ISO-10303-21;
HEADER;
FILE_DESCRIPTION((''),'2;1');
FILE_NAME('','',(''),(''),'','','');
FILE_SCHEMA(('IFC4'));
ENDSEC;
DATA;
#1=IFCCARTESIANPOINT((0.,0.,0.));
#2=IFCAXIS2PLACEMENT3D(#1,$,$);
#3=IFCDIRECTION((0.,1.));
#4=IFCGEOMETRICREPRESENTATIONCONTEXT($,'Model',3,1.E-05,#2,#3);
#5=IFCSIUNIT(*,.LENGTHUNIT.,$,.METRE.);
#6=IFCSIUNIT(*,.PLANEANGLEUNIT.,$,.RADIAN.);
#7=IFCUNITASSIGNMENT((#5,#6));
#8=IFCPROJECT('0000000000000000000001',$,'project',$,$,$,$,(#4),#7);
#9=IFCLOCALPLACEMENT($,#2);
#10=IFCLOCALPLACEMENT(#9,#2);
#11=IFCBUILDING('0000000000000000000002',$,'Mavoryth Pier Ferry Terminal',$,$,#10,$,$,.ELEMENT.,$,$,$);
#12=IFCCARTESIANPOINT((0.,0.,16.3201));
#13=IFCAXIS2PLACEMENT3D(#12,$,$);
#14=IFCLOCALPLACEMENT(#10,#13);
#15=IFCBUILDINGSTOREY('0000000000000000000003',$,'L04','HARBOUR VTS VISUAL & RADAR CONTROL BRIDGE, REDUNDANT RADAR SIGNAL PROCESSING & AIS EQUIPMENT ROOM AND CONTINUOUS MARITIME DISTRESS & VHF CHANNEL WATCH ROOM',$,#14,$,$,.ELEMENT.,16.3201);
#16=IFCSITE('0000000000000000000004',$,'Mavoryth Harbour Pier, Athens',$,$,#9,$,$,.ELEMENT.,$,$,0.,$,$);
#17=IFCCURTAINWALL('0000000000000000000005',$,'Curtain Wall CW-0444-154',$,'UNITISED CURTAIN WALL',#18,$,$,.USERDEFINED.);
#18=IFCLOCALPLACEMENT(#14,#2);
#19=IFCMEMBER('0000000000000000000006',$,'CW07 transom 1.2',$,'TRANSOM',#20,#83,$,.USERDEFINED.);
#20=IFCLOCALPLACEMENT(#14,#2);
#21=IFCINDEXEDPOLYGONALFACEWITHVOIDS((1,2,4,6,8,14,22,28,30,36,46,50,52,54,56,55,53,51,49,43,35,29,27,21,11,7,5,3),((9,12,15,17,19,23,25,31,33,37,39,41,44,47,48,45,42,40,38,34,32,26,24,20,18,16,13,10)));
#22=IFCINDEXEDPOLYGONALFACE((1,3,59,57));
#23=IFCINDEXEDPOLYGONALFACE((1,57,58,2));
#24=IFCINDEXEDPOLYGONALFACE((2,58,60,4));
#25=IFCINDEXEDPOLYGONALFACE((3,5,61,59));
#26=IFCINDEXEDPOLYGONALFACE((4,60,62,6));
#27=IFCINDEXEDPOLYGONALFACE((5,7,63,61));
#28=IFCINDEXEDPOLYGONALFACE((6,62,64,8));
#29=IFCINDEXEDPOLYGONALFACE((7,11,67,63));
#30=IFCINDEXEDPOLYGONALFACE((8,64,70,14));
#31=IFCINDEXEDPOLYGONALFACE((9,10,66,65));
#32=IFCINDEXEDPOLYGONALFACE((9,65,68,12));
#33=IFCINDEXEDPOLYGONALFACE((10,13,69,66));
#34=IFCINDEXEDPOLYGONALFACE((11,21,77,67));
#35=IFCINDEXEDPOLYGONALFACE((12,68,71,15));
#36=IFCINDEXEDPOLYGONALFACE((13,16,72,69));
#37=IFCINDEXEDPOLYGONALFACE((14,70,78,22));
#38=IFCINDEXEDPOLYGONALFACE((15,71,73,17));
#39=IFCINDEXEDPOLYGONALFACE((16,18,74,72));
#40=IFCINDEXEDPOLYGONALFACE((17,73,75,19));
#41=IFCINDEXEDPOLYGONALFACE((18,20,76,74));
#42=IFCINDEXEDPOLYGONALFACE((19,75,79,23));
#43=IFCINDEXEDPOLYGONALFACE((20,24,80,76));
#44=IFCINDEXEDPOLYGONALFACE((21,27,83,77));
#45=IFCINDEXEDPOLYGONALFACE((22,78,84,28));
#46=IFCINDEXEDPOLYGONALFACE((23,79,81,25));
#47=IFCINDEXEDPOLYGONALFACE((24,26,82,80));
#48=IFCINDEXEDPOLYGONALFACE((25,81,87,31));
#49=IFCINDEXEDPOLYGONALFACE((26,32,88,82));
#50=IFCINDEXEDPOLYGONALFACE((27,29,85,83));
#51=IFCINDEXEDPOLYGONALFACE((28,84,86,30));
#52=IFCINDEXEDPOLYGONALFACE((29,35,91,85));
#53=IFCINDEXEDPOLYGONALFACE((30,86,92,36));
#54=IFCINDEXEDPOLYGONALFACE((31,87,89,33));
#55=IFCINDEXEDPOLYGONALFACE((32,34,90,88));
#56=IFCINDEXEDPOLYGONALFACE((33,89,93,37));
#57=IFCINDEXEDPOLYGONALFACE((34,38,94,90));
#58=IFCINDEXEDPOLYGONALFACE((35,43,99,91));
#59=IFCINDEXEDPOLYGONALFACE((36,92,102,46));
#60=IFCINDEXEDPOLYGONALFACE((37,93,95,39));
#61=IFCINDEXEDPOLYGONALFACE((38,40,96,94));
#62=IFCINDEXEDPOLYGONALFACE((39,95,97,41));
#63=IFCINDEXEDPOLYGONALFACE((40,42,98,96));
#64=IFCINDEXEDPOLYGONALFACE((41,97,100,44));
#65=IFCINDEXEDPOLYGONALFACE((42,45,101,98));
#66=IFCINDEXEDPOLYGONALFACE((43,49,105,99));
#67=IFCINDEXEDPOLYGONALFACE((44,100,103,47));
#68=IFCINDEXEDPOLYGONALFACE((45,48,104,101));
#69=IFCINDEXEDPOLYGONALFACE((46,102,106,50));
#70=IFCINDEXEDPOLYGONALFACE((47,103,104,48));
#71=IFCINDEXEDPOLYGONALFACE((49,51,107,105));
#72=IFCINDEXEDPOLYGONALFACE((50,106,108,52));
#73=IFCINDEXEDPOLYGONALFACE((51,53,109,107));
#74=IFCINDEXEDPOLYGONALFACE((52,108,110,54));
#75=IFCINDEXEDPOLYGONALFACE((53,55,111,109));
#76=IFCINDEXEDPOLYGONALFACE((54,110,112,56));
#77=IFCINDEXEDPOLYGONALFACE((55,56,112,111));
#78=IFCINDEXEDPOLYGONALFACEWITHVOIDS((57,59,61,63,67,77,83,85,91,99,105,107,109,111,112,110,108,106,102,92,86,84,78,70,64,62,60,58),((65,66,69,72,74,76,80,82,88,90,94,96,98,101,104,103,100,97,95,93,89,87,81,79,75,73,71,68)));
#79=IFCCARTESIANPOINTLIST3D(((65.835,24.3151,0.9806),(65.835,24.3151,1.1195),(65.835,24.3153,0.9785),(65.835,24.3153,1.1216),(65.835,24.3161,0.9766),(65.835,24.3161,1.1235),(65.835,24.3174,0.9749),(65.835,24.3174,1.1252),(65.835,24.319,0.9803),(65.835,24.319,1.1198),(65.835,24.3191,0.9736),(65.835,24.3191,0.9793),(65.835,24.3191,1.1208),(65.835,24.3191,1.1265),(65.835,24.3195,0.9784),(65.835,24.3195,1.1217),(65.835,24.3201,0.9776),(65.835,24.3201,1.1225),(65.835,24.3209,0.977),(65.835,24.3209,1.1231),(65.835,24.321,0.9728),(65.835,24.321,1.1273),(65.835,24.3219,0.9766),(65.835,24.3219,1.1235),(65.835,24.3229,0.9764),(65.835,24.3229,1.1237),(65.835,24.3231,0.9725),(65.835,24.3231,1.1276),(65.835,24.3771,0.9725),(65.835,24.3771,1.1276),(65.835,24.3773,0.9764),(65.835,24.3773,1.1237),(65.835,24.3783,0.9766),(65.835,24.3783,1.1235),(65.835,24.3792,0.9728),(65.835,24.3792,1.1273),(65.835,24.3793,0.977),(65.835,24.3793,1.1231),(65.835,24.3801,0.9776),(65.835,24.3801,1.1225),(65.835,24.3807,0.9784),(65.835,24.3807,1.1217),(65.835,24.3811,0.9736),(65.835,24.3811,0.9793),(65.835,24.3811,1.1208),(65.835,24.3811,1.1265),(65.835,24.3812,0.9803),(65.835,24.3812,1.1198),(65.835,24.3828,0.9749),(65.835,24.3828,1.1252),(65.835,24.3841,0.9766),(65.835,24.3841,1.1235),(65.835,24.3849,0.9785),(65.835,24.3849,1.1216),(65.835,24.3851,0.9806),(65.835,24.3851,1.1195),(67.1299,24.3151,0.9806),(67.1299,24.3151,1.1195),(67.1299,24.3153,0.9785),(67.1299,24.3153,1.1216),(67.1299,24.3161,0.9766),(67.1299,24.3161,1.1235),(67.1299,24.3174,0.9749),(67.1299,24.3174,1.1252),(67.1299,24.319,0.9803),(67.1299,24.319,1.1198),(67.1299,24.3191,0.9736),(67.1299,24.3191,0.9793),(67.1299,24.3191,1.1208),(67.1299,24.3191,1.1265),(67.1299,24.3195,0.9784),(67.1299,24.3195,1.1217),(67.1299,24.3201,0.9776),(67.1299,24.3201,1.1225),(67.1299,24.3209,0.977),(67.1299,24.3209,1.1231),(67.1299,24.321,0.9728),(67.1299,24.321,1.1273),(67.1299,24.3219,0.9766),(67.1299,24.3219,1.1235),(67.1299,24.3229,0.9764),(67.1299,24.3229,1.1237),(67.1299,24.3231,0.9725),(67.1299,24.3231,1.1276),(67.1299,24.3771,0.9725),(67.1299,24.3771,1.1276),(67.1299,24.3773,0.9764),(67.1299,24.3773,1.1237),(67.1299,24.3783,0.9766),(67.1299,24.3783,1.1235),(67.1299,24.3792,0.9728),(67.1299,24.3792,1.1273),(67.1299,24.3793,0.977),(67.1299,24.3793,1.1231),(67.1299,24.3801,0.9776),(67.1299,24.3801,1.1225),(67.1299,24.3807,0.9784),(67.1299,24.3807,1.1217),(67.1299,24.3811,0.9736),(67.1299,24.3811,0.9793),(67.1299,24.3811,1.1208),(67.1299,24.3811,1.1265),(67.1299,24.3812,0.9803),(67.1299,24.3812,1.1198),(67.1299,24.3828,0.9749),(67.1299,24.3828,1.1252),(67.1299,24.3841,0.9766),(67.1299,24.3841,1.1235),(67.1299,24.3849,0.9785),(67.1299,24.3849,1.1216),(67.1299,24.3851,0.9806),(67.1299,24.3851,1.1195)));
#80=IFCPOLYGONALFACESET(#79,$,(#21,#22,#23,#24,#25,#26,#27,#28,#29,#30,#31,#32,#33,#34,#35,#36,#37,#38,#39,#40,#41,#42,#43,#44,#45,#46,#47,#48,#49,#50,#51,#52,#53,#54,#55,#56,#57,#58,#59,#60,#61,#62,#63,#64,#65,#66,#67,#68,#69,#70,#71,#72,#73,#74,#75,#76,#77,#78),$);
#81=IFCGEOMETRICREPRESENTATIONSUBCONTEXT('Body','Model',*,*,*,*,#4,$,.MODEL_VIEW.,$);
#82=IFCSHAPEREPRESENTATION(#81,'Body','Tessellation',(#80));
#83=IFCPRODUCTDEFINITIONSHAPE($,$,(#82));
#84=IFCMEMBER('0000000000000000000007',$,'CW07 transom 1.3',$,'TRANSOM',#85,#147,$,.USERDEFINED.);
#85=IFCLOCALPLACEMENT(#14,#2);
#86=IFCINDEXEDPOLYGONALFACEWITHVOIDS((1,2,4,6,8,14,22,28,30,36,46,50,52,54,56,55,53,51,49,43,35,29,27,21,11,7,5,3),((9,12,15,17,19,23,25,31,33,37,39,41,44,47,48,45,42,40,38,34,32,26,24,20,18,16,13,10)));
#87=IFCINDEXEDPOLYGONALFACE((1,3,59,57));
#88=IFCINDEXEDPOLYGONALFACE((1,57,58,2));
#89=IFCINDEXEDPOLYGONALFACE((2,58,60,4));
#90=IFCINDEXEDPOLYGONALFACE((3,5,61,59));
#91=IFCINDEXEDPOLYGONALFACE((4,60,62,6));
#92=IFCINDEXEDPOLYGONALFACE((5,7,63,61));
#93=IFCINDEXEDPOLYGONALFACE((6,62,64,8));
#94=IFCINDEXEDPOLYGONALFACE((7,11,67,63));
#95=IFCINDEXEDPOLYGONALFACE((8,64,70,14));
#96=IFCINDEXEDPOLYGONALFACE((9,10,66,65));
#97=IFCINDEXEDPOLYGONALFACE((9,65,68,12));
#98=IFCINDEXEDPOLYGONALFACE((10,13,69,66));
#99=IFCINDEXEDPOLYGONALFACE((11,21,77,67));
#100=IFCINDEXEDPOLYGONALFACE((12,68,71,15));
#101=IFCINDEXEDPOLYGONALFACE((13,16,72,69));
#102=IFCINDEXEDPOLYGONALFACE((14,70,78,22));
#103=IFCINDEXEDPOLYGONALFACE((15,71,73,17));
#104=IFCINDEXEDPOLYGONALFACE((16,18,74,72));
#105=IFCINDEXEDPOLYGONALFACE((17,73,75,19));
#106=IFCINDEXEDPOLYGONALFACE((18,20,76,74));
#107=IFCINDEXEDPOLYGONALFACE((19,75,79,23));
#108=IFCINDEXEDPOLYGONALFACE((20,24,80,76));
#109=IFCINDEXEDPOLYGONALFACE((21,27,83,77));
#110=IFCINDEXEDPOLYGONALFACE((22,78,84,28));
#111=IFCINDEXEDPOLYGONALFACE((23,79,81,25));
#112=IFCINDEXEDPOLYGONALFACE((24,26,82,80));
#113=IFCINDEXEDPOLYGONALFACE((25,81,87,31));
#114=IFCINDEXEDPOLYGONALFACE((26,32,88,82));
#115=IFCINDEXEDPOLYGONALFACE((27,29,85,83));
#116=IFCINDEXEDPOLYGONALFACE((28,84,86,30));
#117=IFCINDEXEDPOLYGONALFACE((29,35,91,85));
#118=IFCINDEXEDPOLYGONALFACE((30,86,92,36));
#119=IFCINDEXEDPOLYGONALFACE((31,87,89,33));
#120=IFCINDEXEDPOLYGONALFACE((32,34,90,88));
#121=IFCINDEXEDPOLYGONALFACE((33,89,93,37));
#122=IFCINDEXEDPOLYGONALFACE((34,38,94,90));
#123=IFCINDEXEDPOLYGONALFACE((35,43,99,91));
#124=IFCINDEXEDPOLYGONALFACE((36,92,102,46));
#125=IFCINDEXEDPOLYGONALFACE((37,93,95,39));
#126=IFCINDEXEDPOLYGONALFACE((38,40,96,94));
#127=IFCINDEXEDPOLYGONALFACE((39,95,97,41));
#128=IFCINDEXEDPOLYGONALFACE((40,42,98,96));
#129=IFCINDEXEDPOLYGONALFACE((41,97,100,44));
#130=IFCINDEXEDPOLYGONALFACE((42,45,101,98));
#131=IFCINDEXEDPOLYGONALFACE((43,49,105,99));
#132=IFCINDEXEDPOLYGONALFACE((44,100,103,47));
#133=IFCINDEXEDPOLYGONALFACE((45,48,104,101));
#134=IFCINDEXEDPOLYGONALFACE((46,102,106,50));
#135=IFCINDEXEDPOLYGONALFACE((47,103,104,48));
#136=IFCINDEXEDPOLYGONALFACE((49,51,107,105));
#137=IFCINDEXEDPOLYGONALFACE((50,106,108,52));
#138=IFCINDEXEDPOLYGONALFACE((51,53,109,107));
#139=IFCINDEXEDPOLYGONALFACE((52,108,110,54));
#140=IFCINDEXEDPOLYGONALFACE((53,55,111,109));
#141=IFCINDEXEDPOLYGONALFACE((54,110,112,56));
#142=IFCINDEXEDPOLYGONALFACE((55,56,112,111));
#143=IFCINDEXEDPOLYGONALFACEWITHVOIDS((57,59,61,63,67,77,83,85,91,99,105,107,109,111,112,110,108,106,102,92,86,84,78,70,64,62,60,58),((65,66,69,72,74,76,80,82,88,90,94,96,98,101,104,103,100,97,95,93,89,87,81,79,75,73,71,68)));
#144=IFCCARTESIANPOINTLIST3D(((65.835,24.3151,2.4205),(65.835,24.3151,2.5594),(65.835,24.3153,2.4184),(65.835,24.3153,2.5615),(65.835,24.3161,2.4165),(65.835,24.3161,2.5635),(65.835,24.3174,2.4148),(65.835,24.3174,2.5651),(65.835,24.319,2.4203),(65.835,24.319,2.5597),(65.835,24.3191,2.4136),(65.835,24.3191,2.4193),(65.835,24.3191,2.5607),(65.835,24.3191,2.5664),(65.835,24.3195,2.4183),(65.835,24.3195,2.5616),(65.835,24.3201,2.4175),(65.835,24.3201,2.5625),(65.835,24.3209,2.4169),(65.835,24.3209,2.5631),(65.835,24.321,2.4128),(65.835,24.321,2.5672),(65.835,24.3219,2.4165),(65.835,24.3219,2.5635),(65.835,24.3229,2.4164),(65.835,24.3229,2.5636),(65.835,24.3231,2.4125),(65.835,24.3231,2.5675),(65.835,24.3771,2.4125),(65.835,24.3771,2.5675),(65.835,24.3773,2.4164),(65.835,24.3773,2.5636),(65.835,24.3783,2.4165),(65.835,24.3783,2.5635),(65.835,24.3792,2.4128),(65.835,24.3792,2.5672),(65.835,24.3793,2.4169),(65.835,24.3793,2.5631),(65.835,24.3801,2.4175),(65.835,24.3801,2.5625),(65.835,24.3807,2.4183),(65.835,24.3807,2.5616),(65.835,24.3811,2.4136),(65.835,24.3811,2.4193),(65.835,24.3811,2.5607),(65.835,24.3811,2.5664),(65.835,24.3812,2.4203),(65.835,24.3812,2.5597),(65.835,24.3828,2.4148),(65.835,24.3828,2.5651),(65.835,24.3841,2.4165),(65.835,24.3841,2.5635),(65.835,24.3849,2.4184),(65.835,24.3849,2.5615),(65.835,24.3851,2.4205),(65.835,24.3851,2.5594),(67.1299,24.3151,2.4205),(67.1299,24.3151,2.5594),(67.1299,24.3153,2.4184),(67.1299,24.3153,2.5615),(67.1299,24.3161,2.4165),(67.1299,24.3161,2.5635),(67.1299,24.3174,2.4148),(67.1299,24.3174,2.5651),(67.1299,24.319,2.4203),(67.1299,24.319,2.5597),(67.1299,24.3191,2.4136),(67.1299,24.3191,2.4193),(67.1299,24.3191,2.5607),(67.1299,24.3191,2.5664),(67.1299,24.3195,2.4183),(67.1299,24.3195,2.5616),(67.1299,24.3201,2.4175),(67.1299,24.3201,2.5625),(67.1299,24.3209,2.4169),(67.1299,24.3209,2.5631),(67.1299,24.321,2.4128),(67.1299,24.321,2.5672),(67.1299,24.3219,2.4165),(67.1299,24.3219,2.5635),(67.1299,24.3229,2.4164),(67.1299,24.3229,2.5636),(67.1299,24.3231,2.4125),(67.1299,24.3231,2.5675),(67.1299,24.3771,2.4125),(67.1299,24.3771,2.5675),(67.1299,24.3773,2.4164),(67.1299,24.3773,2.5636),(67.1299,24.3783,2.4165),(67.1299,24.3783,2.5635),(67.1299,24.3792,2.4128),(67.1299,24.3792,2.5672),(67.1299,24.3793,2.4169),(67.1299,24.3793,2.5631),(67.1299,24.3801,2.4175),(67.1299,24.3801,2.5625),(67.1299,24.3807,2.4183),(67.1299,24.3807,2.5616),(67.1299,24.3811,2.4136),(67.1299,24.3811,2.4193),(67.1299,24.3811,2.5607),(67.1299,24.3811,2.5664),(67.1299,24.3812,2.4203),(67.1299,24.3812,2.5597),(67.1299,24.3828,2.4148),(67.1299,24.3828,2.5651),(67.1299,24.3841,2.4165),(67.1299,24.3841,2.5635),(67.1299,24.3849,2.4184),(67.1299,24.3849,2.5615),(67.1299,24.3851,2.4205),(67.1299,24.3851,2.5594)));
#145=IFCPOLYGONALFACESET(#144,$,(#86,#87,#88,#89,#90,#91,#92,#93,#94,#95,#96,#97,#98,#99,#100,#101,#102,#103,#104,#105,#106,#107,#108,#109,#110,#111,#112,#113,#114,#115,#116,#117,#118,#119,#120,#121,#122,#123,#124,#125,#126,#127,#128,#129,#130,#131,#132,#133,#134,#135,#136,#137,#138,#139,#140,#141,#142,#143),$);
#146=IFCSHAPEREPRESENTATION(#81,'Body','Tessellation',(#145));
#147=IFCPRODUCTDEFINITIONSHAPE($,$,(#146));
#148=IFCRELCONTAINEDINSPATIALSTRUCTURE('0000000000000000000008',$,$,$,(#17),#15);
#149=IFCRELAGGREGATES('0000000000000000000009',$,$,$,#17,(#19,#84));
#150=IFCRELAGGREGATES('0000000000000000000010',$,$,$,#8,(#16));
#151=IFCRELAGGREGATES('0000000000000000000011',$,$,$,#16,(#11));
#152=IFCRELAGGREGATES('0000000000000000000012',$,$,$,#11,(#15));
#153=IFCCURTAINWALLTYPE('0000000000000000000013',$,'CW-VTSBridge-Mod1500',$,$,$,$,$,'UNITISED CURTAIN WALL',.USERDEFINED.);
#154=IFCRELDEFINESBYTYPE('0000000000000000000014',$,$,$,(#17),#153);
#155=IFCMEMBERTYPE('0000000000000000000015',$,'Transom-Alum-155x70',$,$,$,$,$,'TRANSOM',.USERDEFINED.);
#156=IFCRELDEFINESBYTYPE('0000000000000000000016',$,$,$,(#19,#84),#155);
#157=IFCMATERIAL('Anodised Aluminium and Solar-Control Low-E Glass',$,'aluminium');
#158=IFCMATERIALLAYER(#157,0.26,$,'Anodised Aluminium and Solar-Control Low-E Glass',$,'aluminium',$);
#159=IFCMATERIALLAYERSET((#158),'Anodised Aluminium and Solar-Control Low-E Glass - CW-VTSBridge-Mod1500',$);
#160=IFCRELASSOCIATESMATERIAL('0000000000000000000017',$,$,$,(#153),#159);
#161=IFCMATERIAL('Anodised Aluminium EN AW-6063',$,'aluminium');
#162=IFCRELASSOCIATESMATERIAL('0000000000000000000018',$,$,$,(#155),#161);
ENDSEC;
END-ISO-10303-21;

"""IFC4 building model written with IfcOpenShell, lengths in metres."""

from ifc_helpers import new_model, si_unit, direction, frame, origin, origin_2d, place, context, subcontext, project, spatial, hollow_rectangle, extrude, material, layer, layer_set, material_profile, profile_set, type_object, element, aggregate, save


model = new_model("IFC4")

# Units and contexts
model_context = context("Model", 3, precision=1e-05, world=origin(), true_north=direction((0.0, 1.0)))
body_context = subcontext(model_context, "Body", "Model", "MODEL_VIEW")
ifc_project = project(units=[si_unit("LENGTHUNIT", "METRE"), si_unit("PLANEANGLEUNIT", "RADIAN")], contexts=[model_context])

# Site, building, storey
site_placement = place(None, origin())
site = spatial("IfcSite", under=ifc_project, at=site_placement, Name="Mavoryth Harbour Pier, Athens", CompositionType="ELEMENT", RefElevation=0.0)
building_placement = place(site_placement, origin())
building = spatial("IfcBuilding", under=site, at=building_placement, Name="Mavoryth Pier Ferry Terminal", CompositionType="ELEMENT")
storey_placement = place(building_placement, frame((0.0, 0.0, 16.3201)))
storey = spatial("IfcBuildingStorey", under=building, at=storey_placement, Name="L04", Description="HARBOUR VTS VISUAL & RADAR CONTROL BRIDGE, REDUNDANT RADAR SIGNAL PROCESSING & AIS EQUIPMENT ROOM AND CONTINUOUS MARITIME DISTRESS & VHF CHANNEL WATCH ROOM", CompositionType="ELEMENT", Elevation=16.3201)

# Shared definitions
ifc_material_1 = material(Name="Anodised Aluminium and Solar-Control Low-E Glass", Category="aluminium")
ifc_layer_1 = layer(ifc_material_1, 0.26, Name="Anodised Aluminium and Solar-Control Low-E Glass", Category="aluminium")
ifc_layer_set_1 = layer_set([ifc_layer_1], Name="Anodised Aluminium and Solar-Control Low-E Glass - CW-VTSBridge-Mod1500")
curtain_wall_type = type_object("IfcCurtainWallType", Name="CW-VTSBridge-Mod1500", ElementType="UNITISED CURTAIN WALL", PredefinedType="USERDEFINED", material=ifc_layer_set_1)
ifc_material_2 = material(Name="Anodised Aluminium EN AW-6063", Category="aluminium")

# Curtain wall
curtain_wall_1_placement = place(storey_placement, origin())
curtain_wall_1 = element("IfcCurtainWall", 1, at=curtain_wall_1_placement, inside=storey, type_object=curtain_wall_type, Name="Curtain Wall CW-0444-154", ObjectType="UNITISED CURTAIN WALL", PredefinedType="USERDEFINED")

# Members
ifc_material_profile_1 = material_profile(ifc_material_2, hollow_rectangle(XDim=0.0701, YDim=0.155, WallThickness=0.0039, InnerFilletRadius=0.0039, OuterFilletRadius=0.0081, at=origin_2d()), Name="AL-TRAN 155x70x4", Category="aluminium")
ifc_profile_set_1 = profile_set([ifc_material_profile_1], Name="Anodised Aluminium EN AW-6063 - AL-TRAN 155x70x4")
member_type_1 = type_object("IfcMemberType", Name="Transom-Alum-155x70", ElementType="TRANSOM", PredefinedType="USERDEFINED", material=ifc_profile_set_1)
member_1_placement = place(storey_placement, frame((67.1299, 24.3501, 1.05), z_axis=(-1.0, 0.0, 0.0), x_axis=(0.0, -1.0, 0.0)))
member_1 = element("IfcMember", 2, at=member_1_placement, type_object=member_type_1, Name="CW07 transom 1.2", ObjectType="TRANSOM", PredefinedType="USERDEFINED", context=body_context, shape_type="SweptSolid", body=[
    extrude(hollow_rectangle(XDim=0.0701, YDim=0.155, WallThickness=0.0039, InnerFilletRadius=0.0039, OuterFilletRadius=0.0081, at=origin_2d()), origin(), (0.0, 0.0, 1.0), 1.2949),
])
member_2_placement = place(storey_placement, frame((67.1299, 24.3501, 2.49), z_axis=(-1.0, 0.0, 0.0), x_axis=(0.0, -1.0, 0.0)))
member_2 = element("IfcMember", 3, at=member_2_placement, type_object=member_type_1, Name="CW07 transom 1.3", ObjectType="TRANSOM", PredefinedType="USERDEFINED", context=body_context, shape_type="SweptSolid", body=[
    extrude(hollow_rectangle(XDim=0.0701, YDim=0.155, WallThickness=0.0039, InnerFilletRadius=0.0039, OuterFilletRadius=0.0081, at=origin_2d()), origin(), (0.0, 0.0, 1.0), 1.2949),
])

aggregate(curtain_wall_1, [member_1, member_2])

save(model, "model.ifc")
